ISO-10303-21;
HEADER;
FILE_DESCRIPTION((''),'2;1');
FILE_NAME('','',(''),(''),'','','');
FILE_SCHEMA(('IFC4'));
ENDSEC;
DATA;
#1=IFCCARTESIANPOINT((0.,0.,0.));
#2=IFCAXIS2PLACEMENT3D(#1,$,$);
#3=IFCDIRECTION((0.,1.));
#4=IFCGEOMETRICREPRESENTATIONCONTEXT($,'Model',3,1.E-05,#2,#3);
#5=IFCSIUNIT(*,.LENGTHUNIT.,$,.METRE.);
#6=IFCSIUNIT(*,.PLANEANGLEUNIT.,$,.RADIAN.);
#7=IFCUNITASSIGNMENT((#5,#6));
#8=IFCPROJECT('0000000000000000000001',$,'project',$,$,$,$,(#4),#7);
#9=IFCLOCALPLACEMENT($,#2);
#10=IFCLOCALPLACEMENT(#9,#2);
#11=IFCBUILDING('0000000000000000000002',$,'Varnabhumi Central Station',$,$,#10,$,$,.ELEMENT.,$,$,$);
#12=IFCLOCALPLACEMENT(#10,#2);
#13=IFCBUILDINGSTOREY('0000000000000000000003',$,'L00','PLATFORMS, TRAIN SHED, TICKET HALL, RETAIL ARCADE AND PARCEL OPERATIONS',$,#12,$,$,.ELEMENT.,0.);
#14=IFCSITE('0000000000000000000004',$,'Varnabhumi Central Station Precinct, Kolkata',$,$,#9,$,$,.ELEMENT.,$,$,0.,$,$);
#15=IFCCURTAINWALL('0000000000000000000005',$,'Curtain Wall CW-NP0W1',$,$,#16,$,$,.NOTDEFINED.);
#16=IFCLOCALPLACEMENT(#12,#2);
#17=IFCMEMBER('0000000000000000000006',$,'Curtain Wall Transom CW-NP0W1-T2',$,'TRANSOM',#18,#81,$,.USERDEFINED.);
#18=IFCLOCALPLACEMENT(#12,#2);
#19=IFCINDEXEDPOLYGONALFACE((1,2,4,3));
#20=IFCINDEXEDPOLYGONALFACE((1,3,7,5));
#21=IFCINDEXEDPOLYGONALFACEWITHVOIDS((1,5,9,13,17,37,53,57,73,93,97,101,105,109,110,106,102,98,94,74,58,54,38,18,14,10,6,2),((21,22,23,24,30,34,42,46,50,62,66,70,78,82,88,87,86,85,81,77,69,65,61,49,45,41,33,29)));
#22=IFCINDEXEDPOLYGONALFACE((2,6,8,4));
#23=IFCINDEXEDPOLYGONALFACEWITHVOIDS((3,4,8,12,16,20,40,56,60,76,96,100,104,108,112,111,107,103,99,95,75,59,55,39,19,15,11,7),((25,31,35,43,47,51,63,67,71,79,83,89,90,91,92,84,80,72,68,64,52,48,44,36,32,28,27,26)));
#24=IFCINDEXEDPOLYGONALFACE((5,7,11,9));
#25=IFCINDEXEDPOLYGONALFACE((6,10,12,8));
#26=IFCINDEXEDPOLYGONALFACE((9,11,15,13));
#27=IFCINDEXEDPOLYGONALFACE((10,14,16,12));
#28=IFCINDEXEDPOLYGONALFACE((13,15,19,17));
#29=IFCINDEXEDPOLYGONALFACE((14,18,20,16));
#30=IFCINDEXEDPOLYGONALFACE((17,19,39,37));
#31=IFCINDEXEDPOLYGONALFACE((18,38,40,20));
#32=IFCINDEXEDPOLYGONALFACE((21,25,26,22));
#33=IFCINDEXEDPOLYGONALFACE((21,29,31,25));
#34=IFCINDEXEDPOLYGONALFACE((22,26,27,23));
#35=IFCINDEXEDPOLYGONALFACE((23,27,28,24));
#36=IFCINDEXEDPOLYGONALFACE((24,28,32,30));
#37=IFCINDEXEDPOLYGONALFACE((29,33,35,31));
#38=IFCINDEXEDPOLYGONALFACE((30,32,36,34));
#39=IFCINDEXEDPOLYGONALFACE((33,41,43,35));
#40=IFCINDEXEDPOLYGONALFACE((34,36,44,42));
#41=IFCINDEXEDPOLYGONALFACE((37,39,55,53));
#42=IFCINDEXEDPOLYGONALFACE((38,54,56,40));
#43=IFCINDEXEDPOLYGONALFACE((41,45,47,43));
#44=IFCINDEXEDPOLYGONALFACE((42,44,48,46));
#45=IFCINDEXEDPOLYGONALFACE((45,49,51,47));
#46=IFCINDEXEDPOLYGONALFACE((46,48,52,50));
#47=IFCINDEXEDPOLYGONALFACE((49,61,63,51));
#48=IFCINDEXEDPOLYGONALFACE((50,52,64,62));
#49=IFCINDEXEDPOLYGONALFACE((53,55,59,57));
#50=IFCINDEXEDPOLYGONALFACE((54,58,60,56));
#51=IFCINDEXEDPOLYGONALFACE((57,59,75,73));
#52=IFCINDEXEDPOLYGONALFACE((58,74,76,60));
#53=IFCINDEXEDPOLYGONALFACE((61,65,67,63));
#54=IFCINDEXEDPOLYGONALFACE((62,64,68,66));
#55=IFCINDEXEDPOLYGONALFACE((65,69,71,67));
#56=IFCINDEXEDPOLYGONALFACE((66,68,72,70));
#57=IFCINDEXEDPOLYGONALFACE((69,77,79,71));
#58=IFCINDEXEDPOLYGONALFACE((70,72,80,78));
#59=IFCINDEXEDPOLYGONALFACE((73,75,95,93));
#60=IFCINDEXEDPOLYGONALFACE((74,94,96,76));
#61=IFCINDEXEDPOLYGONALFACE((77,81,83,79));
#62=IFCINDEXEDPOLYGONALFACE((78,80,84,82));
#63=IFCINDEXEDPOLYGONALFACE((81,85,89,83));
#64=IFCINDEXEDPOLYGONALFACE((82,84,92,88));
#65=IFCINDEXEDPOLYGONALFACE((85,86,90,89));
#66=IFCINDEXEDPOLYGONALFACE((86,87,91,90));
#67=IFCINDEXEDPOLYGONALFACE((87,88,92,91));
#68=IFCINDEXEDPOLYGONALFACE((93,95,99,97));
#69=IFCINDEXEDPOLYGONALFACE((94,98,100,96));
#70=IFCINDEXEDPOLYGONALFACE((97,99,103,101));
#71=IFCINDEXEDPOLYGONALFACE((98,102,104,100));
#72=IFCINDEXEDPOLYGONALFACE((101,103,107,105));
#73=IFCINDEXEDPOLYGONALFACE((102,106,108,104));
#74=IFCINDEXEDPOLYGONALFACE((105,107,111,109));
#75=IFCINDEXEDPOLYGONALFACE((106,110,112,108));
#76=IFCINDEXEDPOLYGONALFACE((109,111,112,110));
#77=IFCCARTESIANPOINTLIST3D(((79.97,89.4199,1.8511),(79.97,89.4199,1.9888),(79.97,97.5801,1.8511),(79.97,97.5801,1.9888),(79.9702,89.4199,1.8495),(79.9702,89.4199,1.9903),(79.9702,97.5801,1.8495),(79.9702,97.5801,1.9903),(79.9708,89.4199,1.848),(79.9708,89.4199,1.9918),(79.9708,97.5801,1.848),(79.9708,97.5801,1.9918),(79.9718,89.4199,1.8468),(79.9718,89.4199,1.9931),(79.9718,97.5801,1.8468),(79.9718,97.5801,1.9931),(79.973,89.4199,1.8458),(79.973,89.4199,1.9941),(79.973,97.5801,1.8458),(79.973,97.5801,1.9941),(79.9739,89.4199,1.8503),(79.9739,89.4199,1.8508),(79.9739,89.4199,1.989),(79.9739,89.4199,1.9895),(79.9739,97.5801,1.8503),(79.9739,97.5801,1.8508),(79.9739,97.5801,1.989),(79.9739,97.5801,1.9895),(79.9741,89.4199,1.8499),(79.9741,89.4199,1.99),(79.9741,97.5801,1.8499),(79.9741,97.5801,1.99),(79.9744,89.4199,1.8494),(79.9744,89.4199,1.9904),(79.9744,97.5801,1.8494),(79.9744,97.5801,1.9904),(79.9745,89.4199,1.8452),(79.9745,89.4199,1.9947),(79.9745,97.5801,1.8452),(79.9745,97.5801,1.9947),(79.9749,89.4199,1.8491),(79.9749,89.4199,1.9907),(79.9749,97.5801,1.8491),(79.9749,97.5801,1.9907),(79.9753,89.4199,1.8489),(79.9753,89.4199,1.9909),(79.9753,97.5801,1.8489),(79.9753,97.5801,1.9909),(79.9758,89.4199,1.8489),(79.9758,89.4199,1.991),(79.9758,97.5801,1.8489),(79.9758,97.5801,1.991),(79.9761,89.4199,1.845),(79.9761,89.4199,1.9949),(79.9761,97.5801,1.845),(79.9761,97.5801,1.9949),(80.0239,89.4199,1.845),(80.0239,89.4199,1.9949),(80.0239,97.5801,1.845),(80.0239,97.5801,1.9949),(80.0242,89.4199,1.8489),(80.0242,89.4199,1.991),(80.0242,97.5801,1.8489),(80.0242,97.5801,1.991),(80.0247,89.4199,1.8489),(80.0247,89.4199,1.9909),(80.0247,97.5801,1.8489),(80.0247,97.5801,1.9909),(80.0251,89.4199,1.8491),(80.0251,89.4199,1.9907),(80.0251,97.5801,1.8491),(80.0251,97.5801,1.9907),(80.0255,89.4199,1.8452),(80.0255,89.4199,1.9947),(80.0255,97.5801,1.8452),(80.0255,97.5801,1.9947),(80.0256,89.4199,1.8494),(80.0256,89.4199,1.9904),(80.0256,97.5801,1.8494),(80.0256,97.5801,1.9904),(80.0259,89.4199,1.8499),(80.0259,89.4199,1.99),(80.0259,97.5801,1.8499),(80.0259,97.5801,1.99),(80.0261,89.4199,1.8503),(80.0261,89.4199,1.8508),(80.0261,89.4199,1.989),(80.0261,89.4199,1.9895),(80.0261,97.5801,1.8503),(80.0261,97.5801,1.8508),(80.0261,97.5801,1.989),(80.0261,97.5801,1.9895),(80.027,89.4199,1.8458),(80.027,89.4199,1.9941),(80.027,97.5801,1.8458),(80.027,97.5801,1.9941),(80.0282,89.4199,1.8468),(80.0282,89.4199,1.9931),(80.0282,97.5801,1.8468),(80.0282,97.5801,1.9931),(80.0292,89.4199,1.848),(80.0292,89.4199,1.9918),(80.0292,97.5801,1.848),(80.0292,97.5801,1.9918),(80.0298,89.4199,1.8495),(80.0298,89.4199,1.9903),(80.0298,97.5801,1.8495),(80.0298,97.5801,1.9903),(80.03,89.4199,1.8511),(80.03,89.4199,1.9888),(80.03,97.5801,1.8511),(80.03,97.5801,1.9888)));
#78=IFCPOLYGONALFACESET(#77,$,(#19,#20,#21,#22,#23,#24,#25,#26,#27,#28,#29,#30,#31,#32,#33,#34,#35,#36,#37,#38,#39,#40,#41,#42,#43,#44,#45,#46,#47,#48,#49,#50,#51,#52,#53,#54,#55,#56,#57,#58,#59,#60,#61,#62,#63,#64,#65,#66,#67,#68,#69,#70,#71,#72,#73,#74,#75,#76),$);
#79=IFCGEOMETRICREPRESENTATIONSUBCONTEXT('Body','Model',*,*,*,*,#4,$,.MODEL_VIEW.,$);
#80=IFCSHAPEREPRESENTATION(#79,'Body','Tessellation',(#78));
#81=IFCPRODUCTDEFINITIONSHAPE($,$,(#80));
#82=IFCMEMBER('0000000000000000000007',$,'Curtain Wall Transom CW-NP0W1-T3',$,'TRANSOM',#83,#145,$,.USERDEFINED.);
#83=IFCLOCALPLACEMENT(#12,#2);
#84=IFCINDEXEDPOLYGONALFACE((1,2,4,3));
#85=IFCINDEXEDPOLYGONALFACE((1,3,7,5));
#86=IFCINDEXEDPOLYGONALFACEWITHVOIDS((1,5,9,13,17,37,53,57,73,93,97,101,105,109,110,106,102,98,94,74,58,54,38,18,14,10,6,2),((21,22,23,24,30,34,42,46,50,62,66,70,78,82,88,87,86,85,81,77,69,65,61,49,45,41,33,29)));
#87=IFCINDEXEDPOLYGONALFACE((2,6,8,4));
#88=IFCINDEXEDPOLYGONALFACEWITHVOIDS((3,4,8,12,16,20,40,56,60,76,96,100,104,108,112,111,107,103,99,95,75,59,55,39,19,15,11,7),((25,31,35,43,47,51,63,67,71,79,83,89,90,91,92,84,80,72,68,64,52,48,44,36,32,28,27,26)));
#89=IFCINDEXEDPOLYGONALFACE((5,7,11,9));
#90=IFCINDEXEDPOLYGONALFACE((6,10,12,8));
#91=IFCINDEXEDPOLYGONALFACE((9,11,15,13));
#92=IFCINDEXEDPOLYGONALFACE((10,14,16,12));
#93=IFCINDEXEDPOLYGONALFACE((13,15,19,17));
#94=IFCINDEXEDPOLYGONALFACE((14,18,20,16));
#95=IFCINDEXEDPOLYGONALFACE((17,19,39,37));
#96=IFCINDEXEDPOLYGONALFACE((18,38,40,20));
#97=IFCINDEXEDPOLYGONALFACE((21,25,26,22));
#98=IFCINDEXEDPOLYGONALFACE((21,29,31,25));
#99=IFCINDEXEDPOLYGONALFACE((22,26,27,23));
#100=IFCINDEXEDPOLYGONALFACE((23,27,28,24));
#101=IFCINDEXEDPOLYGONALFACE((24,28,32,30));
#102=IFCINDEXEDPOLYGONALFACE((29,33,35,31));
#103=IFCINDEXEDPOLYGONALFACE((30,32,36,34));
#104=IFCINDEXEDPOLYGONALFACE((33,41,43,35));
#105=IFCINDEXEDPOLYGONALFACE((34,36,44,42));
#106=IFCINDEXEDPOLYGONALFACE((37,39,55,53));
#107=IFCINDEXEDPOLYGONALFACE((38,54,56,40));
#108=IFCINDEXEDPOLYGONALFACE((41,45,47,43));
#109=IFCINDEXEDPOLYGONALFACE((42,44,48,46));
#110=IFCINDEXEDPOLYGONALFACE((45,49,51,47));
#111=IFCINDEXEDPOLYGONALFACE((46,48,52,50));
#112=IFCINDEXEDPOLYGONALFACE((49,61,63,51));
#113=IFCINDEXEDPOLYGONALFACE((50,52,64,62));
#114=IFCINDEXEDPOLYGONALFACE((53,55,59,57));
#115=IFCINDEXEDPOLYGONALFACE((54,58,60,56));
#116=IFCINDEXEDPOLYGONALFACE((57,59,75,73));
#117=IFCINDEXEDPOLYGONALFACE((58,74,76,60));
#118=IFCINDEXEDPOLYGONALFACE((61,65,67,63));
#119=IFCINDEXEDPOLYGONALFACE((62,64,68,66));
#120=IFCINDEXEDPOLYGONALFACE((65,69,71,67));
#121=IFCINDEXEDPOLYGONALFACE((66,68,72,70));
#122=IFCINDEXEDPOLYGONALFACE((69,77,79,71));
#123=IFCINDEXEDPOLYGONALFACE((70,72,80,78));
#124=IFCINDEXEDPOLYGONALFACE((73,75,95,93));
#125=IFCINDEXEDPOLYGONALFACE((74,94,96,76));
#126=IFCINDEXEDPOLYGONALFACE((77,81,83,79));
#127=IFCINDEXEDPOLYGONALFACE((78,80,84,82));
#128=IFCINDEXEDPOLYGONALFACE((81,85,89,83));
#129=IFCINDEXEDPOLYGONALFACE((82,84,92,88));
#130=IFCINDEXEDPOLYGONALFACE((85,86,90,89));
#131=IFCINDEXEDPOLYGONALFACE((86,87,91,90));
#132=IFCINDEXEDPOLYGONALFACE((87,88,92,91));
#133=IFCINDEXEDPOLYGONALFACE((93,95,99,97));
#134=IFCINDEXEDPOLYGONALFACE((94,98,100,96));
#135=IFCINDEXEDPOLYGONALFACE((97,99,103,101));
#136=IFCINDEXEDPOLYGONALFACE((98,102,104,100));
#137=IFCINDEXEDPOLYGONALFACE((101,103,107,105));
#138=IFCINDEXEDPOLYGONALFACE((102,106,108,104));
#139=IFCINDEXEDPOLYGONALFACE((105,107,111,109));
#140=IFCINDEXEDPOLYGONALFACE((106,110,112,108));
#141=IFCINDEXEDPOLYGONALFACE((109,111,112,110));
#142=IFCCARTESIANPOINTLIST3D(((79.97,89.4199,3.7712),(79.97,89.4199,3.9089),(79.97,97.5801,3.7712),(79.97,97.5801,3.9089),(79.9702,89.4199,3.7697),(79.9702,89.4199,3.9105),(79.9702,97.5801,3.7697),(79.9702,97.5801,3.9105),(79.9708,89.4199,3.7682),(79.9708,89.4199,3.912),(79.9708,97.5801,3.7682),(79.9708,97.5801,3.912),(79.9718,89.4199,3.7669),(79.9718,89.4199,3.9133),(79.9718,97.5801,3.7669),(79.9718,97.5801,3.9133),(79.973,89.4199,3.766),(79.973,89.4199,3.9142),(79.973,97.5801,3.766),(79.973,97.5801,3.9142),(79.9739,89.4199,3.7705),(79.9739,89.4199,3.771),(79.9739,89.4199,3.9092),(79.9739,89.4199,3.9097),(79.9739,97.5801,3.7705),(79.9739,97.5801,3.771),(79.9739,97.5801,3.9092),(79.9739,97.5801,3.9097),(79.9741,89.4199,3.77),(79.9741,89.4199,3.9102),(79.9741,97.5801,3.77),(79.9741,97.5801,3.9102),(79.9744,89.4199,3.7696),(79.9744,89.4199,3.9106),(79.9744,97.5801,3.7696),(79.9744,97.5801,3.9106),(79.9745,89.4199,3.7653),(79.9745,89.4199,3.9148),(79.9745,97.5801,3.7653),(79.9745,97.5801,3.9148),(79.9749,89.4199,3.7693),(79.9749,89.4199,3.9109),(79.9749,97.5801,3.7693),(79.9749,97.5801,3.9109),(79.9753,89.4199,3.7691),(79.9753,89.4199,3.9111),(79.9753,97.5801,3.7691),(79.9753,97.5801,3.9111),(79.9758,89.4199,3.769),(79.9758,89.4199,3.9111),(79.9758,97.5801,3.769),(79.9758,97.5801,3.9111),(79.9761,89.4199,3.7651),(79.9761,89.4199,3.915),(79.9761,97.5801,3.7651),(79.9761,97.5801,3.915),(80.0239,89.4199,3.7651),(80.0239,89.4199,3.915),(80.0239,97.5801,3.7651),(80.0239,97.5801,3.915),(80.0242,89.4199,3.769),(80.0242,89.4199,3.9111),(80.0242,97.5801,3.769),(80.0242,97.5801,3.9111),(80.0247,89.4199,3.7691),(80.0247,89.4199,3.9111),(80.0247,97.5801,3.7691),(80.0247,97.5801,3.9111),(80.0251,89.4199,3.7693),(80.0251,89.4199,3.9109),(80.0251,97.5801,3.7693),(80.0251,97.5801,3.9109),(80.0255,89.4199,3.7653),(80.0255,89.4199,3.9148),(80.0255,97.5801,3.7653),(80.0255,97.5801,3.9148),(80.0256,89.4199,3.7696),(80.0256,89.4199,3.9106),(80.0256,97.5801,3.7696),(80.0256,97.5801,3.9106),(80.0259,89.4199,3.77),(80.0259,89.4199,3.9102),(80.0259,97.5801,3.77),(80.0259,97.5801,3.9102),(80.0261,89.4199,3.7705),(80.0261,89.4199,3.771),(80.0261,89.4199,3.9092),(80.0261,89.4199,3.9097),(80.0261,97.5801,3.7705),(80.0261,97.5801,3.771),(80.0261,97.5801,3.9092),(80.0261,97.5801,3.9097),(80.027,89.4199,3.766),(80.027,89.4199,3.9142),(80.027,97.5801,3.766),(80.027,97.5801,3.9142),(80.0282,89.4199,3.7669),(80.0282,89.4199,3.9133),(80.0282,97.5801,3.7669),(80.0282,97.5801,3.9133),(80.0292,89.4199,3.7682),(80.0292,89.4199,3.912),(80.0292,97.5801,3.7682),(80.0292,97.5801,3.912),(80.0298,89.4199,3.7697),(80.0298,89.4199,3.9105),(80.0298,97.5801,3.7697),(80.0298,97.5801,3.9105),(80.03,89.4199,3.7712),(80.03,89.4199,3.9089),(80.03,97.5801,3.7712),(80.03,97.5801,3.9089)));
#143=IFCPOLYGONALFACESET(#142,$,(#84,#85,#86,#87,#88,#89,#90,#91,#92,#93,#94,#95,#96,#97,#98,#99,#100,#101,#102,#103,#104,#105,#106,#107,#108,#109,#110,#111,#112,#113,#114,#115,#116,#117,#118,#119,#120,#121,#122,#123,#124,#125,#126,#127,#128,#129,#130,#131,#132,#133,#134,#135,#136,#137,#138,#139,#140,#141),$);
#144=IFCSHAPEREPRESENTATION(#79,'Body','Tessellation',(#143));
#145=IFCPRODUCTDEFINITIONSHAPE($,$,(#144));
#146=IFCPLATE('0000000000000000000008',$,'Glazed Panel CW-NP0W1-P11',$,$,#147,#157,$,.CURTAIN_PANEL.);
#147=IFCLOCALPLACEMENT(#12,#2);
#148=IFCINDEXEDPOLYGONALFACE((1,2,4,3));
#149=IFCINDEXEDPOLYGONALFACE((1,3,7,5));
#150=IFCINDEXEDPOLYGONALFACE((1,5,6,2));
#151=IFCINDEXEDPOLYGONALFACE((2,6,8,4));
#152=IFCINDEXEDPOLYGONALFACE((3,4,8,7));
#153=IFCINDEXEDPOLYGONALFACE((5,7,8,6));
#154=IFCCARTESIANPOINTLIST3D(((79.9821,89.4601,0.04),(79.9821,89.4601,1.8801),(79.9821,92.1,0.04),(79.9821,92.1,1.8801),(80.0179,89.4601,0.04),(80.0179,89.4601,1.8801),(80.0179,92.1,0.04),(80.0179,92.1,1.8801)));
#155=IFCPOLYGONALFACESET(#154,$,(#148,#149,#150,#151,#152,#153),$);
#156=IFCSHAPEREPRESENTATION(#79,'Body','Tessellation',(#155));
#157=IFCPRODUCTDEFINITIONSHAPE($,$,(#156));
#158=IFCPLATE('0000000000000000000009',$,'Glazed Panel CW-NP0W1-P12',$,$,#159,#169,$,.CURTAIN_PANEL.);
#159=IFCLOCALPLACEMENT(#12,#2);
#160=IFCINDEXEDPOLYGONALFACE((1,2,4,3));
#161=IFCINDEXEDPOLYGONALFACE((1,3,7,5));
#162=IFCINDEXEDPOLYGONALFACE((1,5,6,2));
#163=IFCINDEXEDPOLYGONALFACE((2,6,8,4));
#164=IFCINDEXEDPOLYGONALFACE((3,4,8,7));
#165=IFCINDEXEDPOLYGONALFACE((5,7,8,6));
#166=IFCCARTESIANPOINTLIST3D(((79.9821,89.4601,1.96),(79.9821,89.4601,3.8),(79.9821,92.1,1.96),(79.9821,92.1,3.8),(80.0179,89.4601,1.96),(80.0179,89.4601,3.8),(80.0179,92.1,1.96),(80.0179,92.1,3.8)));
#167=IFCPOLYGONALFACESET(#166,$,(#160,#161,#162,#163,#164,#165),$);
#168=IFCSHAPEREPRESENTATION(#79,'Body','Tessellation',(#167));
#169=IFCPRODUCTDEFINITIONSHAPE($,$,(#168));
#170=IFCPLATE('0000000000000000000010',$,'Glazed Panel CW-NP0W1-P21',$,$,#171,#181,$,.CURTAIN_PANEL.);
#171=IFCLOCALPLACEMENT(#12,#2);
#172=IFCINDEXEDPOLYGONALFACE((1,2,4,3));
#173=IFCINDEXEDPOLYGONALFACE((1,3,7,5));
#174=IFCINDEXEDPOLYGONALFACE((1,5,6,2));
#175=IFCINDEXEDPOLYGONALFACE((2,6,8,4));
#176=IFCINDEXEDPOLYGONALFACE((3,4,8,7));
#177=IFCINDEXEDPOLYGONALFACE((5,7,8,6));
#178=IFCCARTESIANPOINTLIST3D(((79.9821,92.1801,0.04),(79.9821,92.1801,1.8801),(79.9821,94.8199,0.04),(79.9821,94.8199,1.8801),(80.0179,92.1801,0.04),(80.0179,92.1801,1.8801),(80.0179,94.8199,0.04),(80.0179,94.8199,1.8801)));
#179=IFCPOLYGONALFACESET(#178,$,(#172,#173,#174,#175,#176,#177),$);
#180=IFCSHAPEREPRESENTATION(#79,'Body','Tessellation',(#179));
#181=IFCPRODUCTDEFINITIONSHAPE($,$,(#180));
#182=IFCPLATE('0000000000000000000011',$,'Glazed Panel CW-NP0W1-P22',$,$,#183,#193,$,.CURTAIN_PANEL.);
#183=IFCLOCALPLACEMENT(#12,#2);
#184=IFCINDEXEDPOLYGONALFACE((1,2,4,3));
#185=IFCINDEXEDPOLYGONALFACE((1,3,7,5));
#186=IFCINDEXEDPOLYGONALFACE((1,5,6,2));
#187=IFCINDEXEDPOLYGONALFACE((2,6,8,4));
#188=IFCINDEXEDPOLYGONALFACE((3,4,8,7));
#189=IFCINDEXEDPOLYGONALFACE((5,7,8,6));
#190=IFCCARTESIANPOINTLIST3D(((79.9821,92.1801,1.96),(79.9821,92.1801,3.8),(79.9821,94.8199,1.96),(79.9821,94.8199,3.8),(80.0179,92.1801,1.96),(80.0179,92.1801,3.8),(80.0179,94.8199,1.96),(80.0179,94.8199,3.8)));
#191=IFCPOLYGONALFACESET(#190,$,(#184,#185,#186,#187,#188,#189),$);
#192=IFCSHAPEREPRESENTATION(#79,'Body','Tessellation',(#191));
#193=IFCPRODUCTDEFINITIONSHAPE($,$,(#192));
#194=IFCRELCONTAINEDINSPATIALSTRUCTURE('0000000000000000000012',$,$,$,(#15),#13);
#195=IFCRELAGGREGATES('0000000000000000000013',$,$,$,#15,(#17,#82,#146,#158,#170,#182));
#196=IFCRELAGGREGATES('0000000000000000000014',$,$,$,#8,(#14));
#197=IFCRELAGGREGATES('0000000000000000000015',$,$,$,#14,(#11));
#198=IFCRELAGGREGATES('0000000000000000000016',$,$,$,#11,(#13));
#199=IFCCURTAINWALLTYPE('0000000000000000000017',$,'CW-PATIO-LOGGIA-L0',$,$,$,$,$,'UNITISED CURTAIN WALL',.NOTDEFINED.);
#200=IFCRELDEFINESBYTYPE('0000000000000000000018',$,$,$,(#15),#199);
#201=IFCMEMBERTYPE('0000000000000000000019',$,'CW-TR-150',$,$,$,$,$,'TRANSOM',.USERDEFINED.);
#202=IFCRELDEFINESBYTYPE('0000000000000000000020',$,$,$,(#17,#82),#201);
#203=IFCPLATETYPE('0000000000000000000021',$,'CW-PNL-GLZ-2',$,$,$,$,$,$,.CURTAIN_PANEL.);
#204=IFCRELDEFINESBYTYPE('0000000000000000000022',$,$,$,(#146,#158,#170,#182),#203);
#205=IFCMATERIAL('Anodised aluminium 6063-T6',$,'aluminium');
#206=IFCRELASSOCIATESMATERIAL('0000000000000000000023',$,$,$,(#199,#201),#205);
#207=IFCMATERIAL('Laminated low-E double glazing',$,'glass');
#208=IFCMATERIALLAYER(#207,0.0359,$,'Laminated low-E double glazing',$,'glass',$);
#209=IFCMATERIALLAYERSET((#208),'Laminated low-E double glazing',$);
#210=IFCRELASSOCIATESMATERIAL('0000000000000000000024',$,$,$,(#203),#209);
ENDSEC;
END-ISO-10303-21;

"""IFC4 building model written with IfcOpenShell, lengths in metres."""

from ifc_helpers import new_model, si_unit, direction, frame, origin, origin_2d, place, context, subcontext, project, spatial, rectangle, hollow_rectangle, extrude, material, layer, layer_set, material_profile, profile_set, type_object, element, aggregate, save


model = new_model("IFC4")

# Units and contexts
model_context = context("Model", 3, precision=1e-05, world=origin(), true_north=direction((0.0, 1.0)))
body_context = subcontext(model_context, "Body", "Model", "MODEL_VIEW")
ifc_project = project(units=[si_unit("LENGTHUNIT", "METRE"), si_unit("PLANEANGLEUNIT", "RADIAN")], contexts=[model_context])

# Site, building, storey
site_placement = place(None, origin())
site = spatial("IfcSite", under=ifc_project, at=site_placement, Name="Varnabhumi Central Station Precinct, Kolkata", CompositionType="ELEMENT", RefElevation=0.0)
building_placement = place(site_placement, origin())
building = spatial("IfcBuilding", under=site, at=building_placement, Name="Varnabhumi Central Station", CompositionType="ELEMENT")
storey_placement = place(building_placement, origin())
storey = spatial("IfcBuildingStorey", under=building, at=storey_placement, Name="L00", Description="PLATFORMS, TRAIN SHED, TICKET HALL, RETAIL ARCADE AND PARCEL OPERATIONS", CompositionType="ELEMENT", Elevation=0.0)

# Curtain wall
ifc_material_1 = material(Name="Anodised aluminium 6063-T6", Category="aluminium")
curtain_wall_type = type_object("IfcCurtainWallType", Name="CW-PATIO-LOGGIA-L0", ElementType="UNITISED CURTAIN WALL", PredefinedType="NOTDEFINED", material=ifc_material_1)
curtain_wall_1_placement = place(storey_placement, origin())
curtain_wall_1 = element("IfcCurtainWall", 1, at=curtain_wall_1_placement, inside=storey, type_object=curtain_wall_type, Name="Curtain Wall CW-NP0W1", PredefinedType="NOTDEFINED")

# Members
ifc_material_profile_1 = material_profile(ifc_material_1, hollow_rectangle(XDim=0.0601, YDim=0.1499, WallThickness=0.0039, InnerFilletRadius=0.002, OuterFilletRadius=0.0061, at=origin_2d()), Name="Anodised aluminium 6063-T6", Category="aluminium")
ifc_profile_set_1 = profile_set([ifc_material_profile_1], Name="Anodised aluminium 6063-T6")
member_type_1 = type_object("IfcMemberType", Name="CW-TR-150", ElementType="TRANSOM", PredefinedType="USERDEFINED", material=ifc_profile_set_1)
member_1_placement = place(storey_placement, frame((80.0, 89.4199, 1.9199), z_axis=(0.0, 1.0, 0.0), x_axis=(-1.0, 0.0, 0.0)))
member_1 = element("IfcMember", 2, at=member_1_placement, type_object=member_type_1, Name="Curtain Wall Transom CW-NP0W1-T2", ObjectType="TRANSOM", PredefinedType="USERDEFINED", context=body_context, shape_type="SweptSolid", body=[
    extrude(hollow_rectangle(XDim=0.0601, YDim=0.1499, WallThickness=0.0039, InnerFilletRadius=0.002, OuterFilletRadius=0.0061, at=origin_2d()), origin(), (0.0, 0.0, 1.0), 8.1602),
])
member_2_placement = place(storey_placement, frame((80.0, 89.4199, 3.8401), z_axis=(0.0, 1.0, 0.0), x_axis=(-1.0, 0.0, 0.0)))
member_2 = element("IfcMember", 3, at=member_2_placement, type_object=member_type_1, Name="Curtain Wall Transom CW-NP0W1-T3", ObjectType="TRANSOM", PredefinedType="USERDEFINED", context=body_context, shape_type="SweptSolid", body=[
    extrude(hollow_rectangle(XDim=0.0601, YDim=0.1499, WallThickness=0.0039, InnerFilletRadius=0.002, OuterFilletRadius=0.0061, at=origin_2d()), origin(), (0.0, 0.0, 1.0), 8.1602),
])

# Plates
ifc_material_2 = material(Name="Laminated low-E double glazing", Category="glass")
ifc_layer_1 = layer(ifc_material_2, 0.0359, Name="Laminated low-E double glazing", Category="glass")
ifc_layer_set_1 = layer_set([ifc_layer_1], Name="Laminated low-E double glazing")
plate_type_1 = type_object("IfcPlateType", Name="CW-PNL-GLZ-2", PredefinedType="CURTAIN_PANEL", material=ifc_layer_set_1)
plate_1_placement = place(storey_placement, frame((80.0, 90.78, 0.04), z_axis=(0.0, 0.0, 1.0), x_axis=(0.0, 1.0, 0.0)))
plate_1 = element("IfcPlate", 4, at=plate_1_placement, type_object=plate_type_1, Name="Glazed Panel CW-NP0W1-P11", PredefinedType="CURTAIN_PANEL", context=body_context, shape_type="SweptSolid", body=[
    extrude(rectangle(XDim=2.6399, YDim=0.0359, at=origin_2d()), origin(), (0.0, 0.0, 1.0), 1.8401),
])
plate_2_placement = place(storey_placement, frame((80.0, 90.78, 1.96), z_axis=(0.0, 0.0, 1.0), x_axis=(0.0, 1.0, 0.0)))
plate_2 = element("IfcPlate", 5, at=plate_2_placement, type_object=plate_type_1, Name="Glazed Panel CW-NP0W1-P12", PredefinedType="CURTAIN_PANEL", context=body_context, shape_type="SweptSolid", body=[
    extrude(rectangle(XDim=2.6399, YDim=0.0359, at=origin_2d()), origin(), (0.0, 0.0, 1.0), 1.8401),
])
plate_3_placement = place(storey_placement, frame((80.0, 93.5, 0.04), z_axis=(0.0, 0.0, 1.0), x_axis=(0.0, 1.0, 0.0)))
plate_3 = element("IfcPlate", 6, at=plate_3_placement, type_object=plate_type_1, Name="Glazed Panel CW-NP0W1-P21", PredefinedType="CURTAIN_PANEL", context=body_context, shape_type="SweptSolid", body=[
    extrude(rectangle(XDim=2.6399, YDim=0.0359, at=origin_2d()), origin(), (0.0, 0.0, 1.0), 1.8401),
])
plate_4_placement = place(storey_placement, frame((80.0, 93.5, 1.96), z_axis=(0.0, 0.0, 1.0), x_axis=(0.0, 1.0, 0.0)))
plate_4 = element("IfcPlate", 7, at=plate_4_placement, type_object=plate_type_1, Name="Glazed Panel CW-NP0W1-P22", PredefinedType="CURTAIN_PANEL", context=body_context, shape_type="SweptSolid", body=[
    extrude(rectangle(XDim=2.6399, YDim=0.0359, at=origin_2d()), origin(), (0.0, 0.0, 1.0), 1.8401),
])
aggregate(curtain_wall_1, [member_1, member_2, plate_1, plate_2, plate_3, plate_4])

save(model, "model.ifc")
